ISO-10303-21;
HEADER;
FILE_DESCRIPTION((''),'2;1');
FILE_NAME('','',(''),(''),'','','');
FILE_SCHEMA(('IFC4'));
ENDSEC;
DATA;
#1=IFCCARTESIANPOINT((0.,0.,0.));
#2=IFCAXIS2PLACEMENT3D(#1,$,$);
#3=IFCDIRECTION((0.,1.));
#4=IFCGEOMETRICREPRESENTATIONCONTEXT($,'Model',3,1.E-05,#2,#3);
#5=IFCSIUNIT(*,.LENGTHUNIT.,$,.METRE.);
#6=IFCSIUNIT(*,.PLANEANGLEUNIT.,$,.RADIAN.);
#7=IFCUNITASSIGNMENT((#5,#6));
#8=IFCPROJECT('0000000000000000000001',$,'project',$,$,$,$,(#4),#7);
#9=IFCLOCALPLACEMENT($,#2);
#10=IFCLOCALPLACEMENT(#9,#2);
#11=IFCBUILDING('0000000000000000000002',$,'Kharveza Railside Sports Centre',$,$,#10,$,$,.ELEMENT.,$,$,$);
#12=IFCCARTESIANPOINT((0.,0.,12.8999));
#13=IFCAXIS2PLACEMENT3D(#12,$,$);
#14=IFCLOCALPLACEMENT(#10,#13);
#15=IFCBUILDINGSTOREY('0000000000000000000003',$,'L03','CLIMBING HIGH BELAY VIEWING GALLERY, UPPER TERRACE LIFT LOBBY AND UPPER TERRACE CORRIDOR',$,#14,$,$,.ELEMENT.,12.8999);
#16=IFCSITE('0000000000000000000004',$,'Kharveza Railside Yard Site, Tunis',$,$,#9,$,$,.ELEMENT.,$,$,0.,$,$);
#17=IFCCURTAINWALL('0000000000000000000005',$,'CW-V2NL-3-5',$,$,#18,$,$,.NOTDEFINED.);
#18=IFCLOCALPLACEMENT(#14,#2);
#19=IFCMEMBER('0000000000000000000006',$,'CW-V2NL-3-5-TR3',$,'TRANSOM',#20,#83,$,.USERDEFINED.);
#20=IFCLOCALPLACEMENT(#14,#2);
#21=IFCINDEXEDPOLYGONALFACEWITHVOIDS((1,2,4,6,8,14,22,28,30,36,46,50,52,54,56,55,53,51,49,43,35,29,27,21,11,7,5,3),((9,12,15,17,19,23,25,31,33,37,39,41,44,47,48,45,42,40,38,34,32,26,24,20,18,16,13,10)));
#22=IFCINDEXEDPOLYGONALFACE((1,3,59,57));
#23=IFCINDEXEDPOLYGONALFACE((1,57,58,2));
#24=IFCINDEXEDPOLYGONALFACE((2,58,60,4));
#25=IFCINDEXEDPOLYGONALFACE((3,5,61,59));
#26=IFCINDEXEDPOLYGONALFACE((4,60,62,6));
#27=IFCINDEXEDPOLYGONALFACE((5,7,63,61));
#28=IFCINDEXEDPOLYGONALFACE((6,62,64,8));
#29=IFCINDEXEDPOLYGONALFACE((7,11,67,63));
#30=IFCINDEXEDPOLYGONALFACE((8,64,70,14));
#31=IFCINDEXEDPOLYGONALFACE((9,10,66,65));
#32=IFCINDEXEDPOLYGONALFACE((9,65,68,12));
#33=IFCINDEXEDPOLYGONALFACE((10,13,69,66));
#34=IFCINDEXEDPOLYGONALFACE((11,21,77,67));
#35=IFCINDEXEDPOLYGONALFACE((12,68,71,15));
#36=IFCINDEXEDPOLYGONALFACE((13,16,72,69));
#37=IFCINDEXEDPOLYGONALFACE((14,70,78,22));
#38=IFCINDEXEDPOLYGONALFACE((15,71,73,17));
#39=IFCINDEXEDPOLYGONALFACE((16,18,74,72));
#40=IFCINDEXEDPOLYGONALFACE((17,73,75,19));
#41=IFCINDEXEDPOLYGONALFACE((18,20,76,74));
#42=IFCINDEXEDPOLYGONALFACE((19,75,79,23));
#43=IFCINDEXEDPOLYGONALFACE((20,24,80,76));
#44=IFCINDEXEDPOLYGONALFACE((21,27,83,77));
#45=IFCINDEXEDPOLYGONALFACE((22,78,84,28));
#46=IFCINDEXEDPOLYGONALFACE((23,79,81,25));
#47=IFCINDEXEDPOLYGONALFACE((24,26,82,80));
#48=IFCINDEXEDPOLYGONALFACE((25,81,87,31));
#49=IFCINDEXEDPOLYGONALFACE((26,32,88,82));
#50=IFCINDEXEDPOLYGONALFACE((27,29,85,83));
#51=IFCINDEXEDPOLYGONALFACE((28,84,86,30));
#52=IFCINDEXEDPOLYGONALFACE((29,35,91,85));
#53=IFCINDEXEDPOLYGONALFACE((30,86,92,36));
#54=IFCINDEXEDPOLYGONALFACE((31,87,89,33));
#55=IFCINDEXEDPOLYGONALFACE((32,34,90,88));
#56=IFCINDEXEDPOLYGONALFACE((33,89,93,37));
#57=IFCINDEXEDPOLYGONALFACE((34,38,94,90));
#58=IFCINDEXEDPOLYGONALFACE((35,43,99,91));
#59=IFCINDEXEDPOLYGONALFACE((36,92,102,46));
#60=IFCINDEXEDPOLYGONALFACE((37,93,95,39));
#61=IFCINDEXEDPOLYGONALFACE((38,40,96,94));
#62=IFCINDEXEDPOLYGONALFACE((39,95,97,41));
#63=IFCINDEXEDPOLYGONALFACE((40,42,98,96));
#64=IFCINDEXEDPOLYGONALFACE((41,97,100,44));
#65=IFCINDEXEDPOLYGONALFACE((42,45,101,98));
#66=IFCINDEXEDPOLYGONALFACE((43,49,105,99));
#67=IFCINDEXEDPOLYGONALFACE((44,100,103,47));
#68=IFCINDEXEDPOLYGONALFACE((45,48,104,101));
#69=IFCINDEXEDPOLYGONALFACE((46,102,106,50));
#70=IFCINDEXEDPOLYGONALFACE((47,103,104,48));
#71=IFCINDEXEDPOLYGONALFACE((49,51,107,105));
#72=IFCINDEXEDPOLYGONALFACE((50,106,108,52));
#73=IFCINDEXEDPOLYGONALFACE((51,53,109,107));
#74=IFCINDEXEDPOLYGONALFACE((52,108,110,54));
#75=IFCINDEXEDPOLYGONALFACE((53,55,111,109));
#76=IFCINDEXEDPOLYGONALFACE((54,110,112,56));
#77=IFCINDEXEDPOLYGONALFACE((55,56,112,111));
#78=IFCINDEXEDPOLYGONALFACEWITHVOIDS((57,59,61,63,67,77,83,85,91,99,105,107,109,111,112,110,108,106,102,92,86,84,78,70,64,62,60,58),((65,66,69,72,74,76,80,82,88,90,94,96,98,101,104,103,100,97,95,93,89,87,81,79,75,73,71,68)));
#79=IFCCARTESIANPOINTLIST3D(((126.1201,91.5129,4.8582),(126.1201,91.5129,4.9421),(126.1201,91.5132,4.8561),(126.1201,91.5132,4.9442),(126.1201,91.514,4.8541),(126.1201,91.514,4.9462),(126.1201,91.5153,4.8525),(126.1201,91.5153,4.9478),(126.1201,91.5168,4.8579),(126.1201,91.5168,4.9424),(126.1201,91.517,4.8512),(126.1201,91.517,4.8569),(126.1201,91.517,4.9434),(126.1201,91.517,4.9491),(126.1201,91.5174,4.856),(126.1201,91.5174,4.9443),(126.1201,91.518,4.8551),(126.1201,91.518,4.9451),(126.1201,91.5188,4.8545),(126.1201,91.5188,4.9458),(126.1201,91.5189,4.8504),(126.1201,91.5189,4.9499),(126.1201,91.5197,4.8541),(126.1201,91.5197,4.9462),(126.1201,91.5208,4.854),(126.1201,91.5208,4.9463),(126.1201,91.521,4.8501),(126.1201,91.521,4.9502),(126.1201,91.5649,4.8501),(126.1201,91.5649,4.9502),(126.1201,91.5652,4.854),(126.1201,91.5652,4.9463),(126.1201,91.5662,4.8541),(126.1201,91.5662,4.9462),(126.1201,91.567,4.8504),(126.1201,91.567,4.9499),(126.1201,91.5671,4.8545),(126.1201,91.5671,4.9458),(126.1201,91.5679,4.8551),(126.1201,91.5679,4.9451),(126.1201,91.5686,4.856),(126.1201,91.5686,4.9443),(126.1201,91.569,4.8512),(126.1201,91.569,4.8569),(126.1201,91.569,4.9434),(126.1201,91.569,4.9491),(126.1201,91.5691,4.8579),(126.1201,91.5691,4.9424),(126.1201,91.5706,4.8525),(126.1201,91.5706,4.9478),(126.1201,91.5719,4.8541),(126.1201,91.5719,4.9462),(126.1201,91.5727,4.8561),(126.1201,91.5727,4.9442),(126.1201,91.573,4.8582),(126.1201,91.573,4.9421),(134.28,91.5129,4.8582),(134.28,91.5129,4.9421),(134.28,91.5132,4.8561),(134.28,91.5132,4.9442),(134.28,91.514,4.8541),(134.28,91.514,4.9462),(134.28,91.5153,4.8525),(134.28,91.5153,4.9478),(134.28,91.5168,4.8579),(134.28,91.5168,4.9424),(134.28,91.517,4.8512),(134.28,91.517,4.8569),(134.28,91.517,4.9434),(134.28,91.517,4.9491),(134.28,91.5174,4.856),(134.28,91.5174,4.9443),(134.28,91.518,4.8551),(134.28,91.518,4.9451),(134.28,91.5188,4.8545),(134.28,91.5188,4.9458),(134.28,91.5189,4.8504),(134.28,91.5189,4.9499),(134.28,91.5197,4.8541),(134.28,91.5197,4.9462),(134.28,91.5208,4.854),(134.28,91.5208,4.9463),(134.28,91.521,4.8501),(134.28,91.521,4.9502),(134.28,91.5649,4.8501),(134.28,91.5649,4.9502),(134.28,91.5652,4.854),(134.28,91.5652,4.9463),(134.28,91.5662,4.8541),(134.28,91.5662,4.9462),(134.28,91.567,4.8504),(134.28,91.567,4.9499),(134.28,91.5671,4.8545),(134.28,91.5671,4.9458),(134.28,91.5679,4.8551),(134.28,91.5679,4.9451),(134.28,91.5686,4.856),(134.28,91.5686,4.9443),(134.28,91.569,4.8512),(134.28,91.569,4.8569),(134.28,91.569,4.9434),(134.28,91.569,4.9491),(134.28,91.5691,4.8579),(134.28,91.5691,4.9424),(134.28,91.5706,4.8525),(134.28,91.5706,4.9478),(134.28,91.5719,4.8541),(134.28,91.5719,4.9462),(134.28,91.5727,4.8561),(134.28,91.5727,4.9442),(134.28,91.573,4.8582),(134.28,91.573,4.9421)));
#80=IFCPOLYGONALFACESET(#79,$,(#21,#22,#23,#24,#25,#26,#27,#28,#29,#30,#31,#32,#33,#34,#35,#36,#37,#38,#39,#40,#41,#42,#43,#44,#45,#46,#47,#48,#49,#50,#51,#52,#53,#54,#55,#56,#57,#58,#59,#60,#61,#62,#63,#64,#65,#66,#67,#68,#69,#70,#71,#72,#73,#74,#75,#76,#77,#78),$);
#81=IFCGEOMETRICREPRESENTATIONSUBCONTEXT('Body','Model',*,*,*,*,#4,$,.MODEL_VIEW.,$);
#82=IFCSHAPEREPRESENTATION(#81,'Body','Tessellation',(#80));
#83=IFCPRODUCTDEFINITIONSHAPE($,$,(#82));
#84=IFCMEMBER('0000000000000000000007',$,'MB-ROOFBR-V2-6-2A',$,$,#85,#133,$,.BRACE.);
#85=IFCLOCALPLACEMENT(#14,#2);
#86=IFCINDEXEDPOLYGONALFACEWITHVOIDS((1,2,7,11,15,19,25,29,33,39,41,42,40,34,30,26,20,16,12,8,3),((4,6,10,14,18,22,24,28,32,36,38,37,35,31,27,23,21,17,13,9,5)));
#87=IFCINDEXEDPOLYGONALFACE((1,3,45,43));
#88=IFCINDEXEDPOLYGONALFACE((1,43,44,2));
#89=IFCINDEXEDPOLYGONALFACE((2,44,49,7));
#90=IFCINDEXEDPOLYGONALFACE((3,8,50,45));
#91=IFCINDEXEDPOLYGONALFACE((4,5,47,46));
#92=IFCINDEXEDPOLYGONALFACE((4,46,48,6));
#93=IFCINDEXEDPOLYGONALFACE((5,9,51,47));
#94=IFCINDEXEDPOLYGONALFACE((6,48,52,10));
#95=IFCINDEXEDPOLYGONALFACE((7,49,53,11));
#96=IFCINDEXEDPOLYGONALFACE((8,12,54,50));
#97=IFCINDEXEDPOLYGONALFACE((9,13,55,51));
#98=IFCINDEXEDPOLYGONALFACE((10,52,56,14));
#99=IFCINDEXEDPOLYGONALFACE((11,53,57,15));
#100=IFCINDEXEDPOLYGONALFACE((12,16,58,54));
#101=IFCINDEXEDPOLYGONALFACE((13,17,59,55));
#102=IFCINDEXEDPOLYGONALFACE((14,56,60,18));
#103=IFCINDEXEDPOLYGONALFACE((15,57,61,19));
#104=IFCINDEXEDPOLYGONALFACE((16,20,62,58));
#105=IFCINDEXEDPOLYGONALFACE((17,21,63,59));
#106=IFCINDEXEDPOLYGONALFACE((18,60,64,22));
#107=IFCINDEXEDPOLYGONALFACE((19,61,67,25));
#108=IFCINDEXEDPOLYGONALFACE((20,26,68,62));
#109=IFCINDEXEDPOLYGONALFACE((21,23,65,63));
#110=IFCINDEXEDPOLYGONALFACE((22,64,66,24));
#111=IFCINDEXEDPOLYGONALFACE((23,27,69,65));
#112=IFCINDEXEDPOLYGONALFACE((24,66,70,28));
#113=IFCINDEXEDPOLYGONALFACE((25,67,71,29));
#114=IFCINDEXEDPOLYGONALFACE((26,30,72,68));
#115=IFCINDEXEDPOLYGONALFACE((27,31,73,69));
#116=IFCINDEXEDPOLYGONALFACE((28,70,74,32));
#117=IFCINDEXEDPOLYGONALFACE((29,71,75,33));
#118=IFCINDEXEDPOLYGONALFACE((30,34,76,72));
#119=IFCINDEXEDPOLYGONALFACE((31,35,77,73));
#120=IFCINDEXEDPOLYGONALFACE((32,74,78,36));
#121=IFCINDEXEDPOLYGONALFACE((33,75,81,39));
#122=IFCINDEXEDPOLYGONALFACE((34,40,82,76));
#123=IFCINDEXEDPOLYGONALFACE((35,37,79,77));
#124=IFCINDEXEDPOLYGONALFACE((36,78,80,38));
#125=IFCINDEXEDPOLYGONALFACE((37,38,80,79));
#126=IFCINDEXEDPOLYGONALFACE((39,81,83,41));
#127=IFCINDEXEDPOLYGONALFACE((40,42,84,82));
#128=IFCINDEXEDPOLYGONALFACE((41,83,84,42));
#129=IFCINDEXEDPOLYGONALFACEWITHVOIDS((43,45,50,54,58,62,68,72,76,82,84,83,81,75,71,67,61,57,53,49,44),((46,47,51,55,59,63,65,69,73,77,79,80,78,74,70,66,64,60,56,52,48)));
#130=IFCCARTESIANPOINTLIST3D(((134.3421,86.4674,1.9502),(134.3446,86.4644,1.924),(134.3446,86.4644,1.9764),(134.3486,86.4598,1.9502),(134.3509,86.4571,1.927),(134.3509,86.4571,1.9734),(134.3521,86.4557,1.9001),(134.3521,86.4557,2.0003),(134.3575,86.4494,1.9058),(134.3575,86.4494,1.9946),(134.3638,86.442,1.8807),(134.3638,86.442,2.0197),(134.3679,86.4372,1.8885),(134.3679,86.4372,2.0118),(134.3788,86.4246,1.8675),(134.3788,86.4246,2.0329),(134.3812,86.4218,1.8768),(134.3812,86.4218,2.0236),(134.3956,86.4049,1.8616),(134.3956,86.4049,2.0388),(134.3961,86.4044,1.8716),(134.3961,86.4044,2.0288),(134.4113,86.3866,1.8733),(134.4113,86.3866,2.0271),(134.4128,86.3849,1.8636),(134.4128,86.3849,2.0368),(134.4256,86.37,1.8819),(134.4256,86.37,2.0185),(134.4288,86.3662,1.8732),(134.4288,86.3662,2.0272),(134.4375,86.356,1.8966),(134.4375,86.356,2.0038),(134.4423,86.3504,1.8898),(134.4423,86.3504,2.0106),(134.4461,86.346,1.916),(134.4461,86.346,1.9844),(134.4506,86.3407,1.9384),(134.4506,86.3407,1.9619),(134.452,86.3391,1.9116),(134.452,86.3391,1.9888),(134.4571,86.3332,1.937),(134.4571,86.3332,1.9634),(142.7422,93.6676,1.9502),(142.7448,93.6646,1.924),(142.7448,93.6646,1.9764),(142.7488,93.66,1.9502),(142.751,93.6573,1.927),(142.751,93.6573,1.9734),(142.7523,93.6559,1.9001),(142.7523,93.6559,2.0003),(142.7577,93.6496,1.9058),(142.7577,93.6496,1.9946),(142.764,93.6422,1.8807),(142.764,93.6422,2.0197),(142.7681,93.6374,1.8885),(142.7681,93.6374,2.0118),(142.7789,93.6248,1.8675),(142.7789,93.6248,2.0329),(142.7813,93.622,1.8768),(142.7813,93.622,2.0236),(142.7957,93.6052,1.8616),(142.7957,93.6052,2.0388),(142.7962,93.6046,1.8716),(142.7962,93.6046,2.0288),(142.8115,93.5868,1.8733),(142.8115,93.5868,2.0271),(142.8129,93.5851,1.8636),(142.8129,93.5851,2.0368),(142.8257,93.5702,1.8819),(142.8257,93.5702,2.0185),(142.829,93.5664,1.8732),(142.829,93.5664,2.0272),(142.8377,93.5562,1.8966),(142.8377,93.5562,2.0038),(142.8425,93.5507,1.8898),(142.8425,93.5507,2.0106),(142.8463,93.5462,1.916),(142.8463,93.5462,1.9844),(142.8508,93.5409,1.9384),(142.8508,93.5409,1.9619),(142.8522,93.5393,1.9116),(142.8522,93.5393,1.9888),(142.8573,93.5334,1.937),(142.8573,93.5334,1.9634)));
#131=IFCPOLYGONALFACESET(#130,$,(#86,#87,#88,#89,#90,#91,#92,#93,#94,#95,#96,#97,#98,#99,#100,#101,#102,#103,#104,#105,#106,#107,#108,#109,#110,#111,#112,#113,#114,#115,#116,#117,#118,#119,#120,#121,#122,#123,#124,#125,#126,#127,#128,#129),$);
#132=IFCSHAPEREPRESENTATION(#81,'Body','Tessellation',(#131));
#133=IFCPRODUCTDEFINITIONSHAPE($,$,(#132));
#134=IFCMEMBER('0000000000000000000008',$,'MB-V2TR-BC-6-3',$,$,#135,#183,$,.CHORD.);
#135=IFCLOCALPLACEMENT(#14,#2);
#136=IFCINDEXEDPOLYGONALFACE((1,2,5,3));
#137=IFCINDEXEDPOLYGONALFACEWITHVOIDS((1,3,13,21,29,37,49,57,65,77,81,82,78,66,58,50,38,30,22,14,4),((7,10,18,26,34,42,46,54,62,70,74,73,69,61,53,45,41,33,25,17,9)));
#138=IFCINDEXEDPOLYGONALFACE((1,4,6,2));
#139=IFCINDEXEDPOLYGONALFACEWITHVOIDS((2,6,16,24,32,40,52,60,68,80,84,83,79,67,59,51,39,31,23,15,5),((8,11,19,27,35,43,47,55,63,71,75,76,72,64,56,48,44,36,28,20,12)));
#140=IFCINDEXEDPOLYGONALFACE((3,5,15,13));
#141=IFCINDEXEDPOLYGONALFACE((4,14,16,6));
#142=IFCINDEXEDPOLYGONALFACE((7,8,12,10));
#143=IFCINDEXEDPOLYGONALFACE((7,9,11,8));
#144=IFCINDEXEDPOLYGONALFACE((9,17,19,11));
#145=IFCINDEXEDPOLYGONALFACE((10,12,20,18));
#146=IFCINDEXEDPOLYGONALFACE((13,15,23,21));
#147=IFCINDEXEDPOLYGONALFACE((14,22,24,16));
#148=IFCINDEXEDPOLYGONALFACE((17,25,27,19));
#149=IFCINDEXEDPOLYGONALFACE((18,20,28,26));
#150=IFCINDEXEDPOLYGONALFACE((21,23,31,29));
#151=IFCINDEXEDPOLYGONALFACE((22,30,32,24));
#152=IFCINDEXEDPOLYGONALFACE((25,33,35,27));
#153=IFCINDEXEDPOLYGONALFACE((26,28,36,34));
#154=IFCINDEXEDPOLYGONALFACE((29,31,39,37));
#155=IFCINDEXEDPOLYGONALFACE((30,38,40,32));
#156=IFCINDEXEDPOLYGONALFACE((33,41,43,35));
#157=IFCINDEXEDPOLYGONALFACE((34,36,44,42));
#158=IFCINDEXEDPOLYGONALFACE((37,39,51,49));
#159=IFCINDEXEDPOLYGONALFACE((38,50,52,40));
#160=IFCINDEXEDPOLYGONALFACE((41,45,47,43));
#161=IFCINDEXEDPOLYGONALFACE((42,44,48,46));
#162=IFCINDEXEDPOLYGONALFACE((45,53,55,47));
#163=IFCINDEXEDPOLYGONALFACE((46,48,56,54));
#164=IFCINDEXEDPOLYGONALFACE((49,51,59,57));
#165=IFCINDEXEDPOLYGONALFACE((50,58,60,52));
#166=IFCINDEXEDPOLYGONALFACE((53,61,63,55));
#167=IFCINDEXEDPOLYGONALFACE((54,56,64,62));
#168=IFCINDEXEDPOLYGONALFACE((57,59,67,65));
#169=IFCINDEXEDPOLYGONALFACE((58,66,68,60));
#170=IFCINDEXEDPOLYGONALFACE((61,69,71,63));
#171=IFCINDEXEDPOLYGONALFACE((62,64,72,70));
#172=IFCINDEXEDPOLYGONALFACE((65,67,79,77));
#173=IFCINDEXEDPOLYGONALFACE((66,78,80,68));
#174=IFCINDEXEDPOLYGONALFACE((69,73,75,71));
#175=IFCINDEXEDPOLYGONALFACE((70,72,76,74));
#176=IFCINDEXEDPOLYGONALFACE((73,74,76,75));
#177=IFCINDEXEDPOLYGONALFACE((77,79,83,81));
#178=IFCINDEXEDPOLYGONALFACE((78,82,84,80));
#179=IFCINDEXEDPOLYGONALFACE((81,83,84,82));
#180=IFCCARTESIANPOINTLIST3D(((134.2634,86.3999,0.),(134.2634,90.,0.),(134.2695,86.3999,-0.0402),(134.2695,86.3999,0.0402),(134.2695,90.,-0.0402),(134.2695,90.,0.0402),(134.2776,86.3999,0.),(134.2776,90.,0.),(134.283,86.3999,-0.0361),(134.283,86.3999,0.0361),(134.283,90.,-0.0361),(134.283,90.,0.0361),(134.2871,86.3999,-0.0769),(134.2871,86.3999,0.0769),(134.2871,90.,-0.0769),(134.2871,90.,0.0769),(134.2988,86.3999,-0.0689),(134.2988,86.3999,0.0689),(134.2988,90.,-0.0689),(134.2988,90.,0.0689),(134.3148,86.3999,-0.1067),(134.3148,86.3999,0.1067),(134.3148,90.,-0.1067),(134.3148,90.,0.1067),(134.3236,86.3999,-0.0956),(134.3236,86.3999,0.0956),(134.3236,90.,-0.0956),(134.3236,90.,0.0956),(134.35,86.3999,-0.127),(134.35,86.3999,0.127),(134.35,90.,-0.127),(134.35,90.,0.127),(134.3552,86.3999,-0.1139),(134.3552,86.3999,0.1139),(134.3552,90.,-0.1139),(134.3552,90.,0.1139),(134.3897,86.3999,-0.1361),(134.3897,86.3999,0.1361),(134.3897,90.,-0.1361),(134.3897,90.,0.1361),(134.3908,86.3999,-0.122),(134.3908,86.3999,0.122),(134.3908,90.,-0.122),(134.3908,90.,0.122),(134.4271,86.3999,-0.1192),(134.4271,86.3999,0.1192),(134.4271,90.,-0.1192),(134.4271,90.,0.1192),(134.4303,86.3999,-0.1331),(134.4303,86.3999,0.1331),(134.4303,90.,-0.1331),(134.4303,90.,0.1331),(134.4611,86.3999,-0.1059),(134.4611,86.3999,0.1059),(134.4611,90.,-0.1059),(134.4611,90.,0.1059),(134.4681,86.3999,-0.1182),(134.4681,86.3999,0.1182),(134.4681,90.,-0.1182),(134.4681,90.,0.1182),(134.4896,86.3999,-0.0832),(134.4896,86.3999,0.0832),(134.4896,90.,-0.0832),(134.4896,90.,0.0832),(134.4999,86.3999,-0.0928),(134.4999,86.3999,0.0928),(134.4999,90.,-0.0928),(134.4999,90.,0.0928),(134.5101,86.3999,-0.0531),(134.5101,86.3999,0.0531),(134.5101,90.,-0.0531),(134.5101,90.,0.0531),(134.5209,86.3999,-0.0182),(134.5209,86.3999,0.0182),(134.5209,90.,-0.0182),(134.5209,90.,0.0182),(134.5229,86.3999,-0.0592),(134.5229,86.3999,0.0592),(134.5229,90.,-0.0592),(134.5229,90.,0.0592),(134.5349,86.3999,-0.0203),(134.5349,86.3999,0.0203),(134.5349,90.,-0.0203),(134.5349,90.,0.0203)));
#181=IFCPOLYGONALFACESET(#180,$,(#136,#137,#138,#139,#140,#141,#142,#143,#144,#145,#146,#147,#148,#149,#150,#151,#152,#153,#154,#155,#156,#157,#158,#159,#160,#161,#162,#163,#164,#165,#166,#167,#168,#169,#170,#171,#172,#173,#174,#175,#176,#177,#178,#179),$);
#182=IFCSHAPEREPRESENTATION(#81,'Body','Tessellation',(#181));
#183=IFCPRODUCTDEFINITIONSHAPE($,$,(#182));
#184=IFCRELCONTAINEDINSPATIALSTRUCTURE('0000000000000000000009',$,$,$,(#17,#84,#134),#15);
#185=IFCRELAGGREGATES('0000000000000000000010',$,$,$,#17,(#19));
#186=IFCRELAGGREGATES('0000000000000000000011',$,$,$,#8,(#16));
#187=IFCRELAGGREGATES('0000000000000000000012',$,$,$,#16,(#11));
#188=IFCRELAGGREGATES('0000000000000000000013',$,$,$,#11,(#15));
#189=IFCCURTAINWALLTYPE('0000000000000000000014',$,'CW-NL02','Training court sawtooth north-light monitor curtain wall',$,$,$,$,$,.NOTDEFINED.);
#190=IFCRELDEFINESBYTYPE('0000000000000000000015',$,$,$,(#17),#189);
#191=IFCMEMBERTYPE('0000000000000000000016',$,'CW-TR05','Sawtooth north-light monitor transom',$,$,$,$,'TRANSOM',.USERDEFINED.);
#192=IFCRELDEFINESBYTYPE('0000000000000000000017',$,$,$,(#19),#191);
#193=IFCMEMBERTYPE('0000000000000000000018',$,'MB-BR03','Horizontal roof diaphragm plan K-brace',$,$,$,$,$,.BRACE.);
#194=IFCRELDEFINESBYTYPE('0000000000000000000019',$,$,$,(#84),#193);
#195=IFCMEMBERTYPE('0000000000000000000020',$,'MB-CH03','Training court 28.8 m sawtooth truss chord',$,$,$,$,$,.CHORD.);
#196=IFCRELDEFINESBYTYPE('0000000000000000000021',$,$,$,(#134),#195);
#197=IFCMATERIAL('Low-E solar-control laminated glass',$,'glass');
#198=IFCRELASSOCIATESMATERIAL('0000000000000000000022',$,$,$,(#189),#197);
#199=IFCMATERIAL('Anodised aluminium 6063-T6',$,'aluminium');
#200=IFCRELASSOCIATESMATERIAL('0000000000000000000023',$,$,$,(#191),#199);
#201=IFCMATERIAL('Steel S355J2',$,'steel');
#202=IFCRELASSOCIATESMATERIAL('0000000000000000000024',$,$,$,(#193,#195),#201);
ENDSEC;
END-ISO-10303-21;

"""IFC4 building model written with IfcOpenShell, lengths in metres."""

from ifc_helpers import new_model, si_unit, direction, frame, origin, origin_2d, place, context, subcontext, project, spatial, hollow_rectangle, hollow_circle, extrude, material, material_profile, profile_set, type_object, element, aggregate, save


model = new_model("IFC4")

# Units and contexts
model_context = context("Model", 3, precision=1e-05, world=origin(), true_north=direction((0.0, 1.0)))
body_context = subcontext(model_context, "Body", "Model", "MODEL_VIEW")
ifc_project = project(units=[si_unit("LENGTHUNIT", "METRE"), si_unit("PLANEANGLEUNIT", "RADIAN")], contexts=[model_context])

# Site, building, storey
site_placement = place(None, origin())
site = spatial("IfcSite", under=ifc_project, at=site_placement, Name="Kharveza Railside Yard Site, Tunis", CompositionType="ELEMENT", RefElevation=0.0)
building_placement = place(site_placement, origin())
building = spatial("IfcBuilding", under=site, at=building_placement, Name="Kharveza Railside Sports Centre", CompositionType="ELEMENT")
storey_placement = place(building_placement, frame((0.0, 0.0, 12.8999)))
storey = spatial("IfcBuildingStorey", under=building, at=storey_placement, Name="L03", Description="CLIMBING HIGH BELAY VIEWING GALLERY, UPPER TERRACE LIFT LOBBY AND UPPER TERRACE CORRIDOR", CompositionType="ELEMENT", Elevation=12.8999)

# Shared definitions
ifc_material_1 = material(Name="Steel S355J2", Category="steel")

# Shared definitions
ifc_material_2 = material(Name="Low-E solar-control laminated glass", Category="glass")
curtain_wall_type = type_object("IfcCurtainWallType", Name="CW-NL02", Description="Training court sawtooth north-light monitor curtain wall", PredefinedType="NOTDEFINED", material=ifc_material_2)
ifc_material_3 = material(Name="Anodised aluminium 6063-T6", Category="aluminium")

# Curtain wall
curtain_wall_1_placement = place(storey_placement, origin())
curtain_wall_1 = element("IfcCurtainWall", 1, at=curtain_wall_1_placement, inside=storey, type_object=curtain_wall_type, Name="CW-V2NL-3-5", PredefinedType="NOTDEFINED")

# Member
ifc_material_profile_1 = material_profile(ifc_material_3, hollow_rectangle(XDim=0.0601, YDim=0.1001, WallThickness=0.0039, InnerFilletRadius=0.0039, OuterFilletRadius=0.0081, at=origin_2d()), Name="RHS 60x100x4.0")
ifc_profile_set_1 = profile_set([ifc_material_profile_1], Name="Anodised aluminium 6063-T6")
member_type_1 = type_object("IfcMemberType", Name="CW-TR05", Description="Sawtooth north-light monitor transom", ElementType="TRANSOM", PredefinedType="USERDEFINED", material=ifc_profile_set_1)
member_1_placement = place(storey_placement, frame((126.1201, 91.543, 4.9001), z_axis=(1.0, 0.0, 0.0), x_axis=(0.0, 1.0, 0.0)))
member_1 = element("IfcMember", 2, at=member_1_placement, type_object=member_type_1, Name="CW-V2NL-3-5-TR3", ObjectType="TRANSOM", PredefinedType="USERDEFINED", context=body_context, shape_type="SweptSolid", body=[
    extrude(hollow_rectangle(XDim=0.0601, YDim=0.1001, WallThickness=0.0039, InnerFilletRadius=0.0039, OuterFilletRadius=0.0081, at=origin_2d()), origin(), (0.0, 0.0, 1.0), 8.1599),
])

# Members
ifc_material_profile_2 = material_profile(ifc_material_1, hollow_circle(Radius=0.0889, WallThickness=0.01, at=origin_2d()), Name="CHS 177.8x10.0")
ifc_profile_set_2 = profile_set([ifc_material_profile_2], Name="Steel S355J2")
member_type_2 = type_object("IfcMemberType", Name="MB-BR03", Description="Horizontal roof diaphragm plan K-brace", PredefinedType="BRACE", material=ifc_profile_set_2)
member_2_placement = place(storey_placement, frame((134.3999, 86.3999, 1.9502), z_axis=(0.759253, 0.650795, 0.0), x_axis=(-0.650795, 0.759253, 0.0)))
element("IfcMember", 3, at=member_2_placement, inside=storey, type_object=member_type_2, Name="MB-ROOFBR-V2-6-2A", PredefinedType="BRACE", context=body_context, shape_type="SweptSolid", body=[
    extrude(hollow_circle(Radius=0.0889, WallThickness=0.01, at=origin_2d()), origin(), (0.0, 0.0, 1.0), 11.0637),
])
ifc_material_profile_3 = material_profile(ifc_material_1, hollow_circle(Radius=0.1365, WallThickness=0.0142, at=origin_2d()), Name="CHS 273.0x14.2")
ifc_profile_set_3 = profile_set([ifc_material_profile_3], Name="Steel S355J2")
member_type_3 = type_object("IfcMemberType", Name="MB-CH03", Description="Training court 28.8 m sawtooth truss chord", PredefinedType="CHORD", material=ifc_profile_set_3)
for number, where, z_axis, x_axis, name in (
    (4, (134.3999, 86.3999, 0.0), (0.0, 1.0, 0.0), (-1.0, 0.0, 0.0), "MB-V2TR-BC-6-3"),
):
    element("IfcMember", number, at=place(storey_placement, frame(where, z_axis=z_axis, x_axis=x_axis)), inside=storey, type_object=member_type_3, Name=name, PredefinedType="CHORD", context=body_context, shape_type="SweptSolid", body=[
        extrude(hollow_circle(Radius=0.1365, WallThickness=0.0142, at=origin_2d()), origin(), (0.0, 0.0, 1.0), 3.6001),
    ])

aggregate(curtain_wall_1, [member_1])

save(model, "model.ifc")
